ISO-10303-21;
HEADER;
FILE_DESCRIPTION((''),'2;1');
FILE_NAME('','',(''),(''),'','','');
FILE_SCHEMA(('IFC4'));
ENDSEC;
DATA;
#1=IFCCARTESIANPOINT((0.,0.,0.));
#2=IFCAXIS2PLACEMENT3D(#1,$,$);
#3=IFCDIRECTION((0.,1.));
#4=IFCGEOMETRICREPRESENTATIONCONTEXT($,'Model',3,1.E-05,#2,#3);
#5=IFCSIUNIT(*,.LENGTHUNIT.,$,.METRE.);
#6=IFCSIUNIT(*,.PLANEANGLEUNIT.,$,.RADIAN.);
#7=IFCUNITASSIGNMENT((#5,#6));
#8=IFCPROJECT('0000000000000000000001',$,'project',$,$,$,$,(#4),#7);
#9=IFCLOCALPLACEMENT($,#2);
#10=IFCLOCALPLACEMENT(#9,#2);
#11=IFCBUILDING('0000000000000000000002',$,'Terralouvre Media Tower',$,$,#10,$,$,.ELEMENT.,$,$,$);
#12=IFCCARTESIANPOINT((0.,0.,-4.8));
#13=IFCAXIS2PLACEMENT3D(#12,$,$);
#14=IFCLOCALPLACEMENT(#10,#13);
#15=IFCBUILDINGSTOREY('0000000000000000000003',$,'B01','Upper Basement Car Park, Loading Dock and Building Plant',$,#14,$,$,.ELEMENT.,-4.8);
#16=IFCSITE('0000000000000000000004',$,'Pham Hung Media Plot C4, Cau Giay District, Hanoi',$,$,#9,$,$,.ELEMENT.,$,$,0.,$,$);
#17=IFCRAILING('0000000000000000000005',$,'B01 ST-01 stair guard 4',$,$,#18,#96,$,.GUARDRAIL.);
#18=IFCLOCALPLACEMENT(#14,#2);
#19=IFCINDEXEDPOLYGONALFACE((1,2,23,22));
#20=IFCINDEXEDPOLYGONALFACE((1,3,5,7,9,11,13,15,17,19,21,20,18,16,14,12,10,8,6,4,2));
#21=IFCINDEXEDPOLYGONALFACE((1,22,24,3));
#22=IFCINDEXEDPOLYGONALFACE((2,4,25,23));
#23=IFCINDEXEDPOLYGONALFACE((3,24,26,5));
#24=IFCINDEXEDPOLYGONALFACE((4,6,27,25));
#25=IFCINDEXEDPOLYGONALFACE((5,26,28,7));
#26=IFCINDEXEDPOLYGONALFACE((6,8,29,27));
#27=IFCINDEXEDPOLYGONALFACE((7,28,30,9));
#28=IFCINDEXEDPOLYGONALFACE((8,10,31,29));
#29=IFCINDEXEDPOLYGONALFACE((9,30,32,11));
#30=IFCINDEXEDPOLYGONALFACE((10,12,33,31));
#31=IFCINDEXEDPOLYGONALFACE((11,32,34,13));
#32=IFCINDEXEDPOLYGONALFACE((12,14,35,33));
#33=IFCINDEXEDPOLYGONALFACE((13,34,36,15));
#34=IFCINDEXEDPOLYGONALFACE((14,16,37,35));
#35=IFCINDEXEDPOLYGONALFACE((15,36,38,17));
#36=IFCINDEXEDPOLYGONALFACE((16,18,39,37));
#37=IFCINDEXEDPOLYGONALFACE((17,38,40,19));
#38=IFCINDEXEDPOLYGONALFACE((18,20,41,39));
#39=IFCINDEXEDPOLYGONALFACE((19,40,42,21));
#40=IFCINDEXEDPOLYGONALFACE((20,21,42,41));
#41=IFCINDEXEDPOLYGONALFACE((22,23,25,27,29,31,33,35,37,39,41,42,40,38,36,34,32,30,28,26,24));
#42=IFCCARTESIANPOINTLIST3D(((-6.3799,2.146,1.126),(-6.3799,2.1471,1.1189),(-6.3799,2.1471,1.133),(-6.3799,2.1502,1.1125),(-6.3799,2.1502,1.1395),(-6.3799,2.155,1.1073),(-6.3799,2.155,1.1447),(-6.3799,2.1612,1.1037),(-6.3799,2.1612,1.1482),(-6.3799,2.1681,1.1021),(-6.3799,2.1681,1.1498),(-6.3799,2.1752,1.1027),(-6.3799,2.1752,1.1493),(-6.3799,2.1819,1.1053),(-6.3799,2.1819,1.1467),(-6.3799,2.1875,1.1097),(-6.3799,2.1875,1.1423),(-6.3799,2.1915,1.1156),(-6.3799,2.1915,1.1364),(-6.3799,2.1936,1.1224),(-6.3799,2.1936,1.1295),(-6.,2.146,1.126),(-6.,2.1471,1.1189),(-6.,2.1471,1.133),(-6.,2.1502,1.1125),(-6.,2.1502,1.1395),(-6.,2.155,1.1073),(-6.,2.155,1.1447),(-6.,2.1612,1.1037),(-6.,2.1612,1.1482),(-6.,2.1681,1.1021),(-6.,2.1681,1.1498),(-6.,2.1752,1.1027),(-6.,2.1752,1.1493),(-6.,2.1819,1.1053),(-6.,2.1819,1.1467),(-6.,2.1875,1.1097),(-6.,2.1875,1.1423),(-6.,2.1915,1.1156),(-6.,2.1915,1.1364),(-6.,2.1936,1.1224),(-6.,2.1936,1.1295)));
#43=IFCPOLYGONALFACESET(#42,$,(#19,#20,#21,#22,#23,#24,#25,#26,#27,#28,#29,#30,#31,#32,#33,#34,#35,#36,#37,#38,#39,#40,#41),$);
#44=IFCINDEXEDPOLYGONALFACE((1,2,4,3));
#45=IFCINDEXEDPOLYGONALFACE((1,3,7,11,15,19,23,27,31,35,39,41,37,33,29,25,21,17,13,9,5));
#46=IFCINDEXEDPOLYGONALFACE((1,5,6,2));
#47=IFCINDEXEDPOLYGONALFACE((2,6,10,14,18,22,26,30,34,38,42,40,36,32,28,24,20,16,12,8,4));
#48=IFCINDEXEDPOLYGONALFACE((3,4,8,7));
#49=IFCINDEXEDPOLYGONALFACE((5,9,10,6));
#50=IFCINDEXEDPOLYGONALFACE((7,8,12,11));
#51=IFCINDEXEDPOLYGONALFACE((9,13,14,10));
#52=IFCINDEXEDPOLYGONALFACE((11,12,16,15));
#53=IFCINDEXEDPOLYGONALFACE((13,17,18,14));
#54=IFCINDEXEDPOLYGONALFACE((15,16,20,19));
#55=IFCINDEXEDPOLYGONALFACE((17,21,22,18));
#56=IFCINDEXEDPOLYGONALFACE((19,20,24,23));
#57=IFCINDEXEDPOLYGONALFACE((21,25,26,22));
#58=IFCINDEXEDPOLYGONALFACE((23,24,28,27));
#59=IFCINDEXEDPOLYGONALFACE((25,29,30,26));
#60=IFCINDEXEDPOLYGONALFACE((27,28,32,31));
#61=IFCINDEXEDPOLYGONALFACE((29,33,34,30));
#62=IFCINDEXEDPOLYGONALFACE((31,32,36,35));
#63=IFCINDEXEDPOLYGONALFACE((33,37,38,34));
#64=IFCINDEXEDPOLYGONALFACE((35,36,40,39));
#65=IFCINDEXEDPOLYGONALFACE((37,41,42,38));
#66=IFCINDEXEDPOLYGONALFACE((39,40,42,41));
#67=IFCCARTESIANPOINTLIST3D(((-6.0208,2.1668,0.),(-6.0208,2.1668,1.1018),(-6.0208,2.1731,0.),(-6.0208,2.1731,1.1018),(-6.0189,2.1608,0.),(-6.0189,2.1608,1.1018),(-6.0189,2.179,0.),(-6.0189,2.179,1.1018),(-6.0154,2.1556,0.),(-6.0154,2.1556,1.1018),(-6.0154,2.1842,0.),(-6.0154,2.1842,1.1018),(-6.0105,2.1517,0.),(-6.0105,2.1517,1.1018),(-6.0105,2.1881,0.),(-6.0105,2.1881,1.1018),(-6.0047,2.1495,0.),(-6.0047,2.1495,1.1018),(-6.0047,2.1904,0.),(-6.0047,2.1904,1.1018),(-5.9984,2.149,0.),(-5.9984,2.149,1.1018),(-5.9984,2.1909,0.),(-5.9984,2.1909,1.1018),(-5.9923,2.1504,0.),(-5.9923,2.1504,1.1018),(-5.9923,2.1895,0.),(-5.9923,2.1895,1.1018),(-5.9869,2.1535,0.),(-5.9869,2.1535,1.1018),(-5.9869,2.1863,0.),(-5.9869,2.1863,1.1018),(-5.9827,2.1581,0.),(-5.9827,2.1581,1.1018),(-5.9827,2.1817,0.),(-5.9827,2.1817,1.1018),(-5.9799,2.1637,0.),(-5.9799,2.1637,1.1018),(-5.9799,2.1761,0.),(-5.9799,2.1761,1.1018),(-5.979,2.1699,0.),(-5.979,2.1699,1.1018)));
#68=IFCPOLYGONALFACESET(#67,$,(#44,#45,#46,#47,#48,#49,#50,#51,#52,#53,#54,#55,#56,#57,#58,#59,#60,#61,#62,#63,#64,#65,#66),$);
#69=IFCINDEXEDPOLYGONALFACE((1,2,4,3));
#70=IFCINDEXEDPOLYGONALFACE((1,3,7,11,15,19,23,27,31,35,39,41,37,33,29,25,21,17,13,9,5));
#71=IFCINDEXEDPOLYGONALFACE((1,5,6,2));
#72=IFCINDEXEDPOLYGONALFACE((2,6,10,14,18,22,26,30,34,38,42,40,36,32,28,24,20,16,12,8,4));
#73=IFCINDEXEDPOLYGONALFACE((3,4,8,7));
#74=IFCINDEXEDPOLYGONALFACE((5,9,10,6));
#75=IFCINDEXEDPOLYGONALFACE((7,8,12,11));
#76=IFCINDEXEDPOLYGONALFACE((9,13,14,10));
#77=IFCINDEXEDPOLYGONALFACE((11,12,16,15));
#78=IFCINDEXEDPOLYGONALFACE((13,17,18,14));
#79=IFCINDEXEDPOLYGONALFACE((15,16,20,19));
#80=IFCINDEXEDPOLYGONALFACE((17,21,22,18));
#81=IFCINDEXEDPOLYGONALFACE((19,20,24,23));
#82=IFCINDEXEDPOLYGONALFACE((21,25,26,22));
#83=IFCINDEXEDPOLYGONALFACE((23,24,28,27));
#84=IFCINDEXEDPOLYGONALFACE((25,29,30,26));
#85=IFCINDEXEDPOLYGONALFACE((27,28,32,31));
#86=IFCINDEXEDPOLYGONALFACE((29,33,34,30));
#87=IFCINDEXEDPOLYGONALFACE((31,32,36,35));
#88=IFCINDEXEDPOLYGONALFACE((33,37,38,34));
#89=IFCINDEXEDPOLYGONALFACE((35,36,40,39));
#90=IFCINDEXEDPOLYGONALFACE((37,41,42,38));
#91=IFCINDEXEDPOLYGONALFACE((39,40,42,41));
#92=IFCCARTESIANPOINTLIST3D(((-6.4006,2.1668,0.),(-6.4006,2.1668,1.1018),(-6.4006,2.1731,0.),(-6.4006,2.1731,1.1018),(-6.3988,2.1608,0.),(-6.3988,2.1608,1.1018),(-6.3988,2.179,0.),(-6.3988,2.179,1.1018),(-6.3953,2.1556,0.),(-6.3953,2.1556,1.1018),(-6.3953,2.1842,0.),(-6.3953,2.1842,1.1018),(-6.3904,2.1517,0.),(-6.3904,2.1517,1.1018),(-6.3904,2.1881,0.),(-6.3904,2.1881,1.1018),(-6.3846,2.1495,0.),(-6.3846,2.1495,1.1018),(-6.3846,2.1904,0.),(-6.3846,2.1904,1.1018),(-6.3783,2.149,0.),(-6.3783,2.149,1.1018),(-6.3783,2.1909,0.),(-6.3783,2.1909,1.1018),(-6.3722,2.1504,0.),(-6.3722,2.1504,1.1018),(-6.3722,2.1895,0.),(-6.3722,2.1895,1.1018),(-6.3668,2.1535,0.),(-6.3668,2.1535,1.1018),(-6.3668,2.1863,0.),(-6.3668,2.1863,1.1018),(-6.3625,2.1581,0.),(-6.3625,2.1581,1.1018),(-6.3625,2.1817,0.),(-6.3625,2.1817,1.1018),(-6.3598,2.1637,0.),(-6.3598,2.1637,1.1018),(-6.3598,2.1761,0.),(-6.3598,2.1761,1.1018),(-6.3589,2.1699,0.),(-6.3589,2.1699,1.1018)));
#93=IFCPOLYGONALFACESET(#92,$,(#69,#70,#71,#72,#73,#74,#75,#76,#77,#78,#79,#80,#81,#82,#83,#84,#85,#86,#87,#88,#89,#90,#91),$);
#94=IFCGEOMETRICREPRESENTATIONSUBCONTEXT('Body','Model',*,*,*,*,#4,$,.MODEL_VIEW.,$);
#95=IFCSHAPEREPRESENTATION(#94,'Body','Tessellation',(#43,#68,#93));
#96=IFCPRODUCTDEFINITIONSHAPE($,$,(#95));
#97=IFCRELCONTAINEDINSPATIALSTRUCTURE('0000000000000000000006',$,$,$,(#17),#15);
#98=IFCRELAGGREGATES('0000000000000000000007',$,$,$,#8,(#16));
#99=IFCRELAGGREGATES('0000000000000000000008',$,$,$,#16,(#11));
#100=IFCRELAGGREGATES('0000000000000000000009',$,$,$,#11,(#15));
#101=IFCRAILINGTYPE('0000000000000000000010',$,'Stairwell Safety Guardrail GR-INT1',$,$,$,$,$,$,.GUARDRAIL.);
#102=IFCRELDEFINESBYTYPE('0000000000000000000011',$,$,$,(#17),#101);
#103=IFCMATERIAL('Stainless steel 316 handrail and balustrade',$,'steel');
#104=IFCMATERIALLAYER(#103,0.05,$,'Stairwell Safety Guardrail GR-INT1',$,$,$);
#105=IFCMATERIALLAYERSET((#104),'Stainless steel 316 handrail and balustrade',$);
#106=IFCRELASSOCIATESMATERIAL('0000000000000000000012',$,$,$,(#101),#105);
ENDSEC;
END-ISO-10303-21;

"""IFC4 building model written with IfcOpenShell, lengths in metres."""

from ifc_helpers import new_model, si_unit, direction, frame, origin, origin_2d, place, context, subcontext, project, spatial, circle, extrude, material, layer, layer_set, type_object, element, save


model = new_model("IFC4")

# Units and contexts
model_context = context("Model", 3, precision=1e-05, world=origin(), true_north=direction((0.0, 1.0)))
body_context = subcontext(model_context, "Body", "Model", "MODEL_VIEW")
ifc_project = project(units=[si_unit("LENGTHUNIT", "METRE"), si_unit("PLANEANGLEUNIT", "RADIAN")], contexts=[model_context])

# Site, building, storey
site_placement = place(None, origin())
site = spatial("IfcSite", under=ifc_project, at=site_placement, Name="Pham Hung Media Plot C4, Cau Giay District, Hanoi", CompositionType="ELEMENT", RefElevation=0.0)
building_placement = place(site_placement, origin())
building = spatial("IfcBuilding", under=site, at=building_placement, Name="Terralouvre Media Tower", CompositionType="ELEMENT")
storey_placement = place(building_placement, frame((0.0, 0.0, -4.8)))
storey = spatial("IfcBuildingStorey", under=building, at=storey_placement, Name="B01", Description="Upper Basement Car Park, Loading Dock and Building Plant", CompositionType="ELEMENT", Elevation=-4.8)

# Railing
ifc_material_1 = material(Name="Stainless steel 316 handrail and balustrade", Category="steel")
ifc_layer_1 = layer(ifc_material_1, 0.05, Name="Stairwell Safety Guardrail GR-INT1")
ifc_layer_set_1 = layer_set([ifc_layer_1], Name="Stainless steel 316 handrail and balustrade")
railing_type_1 = type_object("IfcRailingType", Name="Stairwell Safety Guardrail GR-INT1", PredefinedType="GUARDRAIL", material=ifc_layer_set_1)
railing_1_placement = place(storey_placement, frame((-6.0, 2.1699, 0.0)))
element("IfcRailing", 1, at=railing_1_placement, inside=storey, type_object=railing_type_1, Name="B01 ST-01 stair guard 4", PredefinedType="GUARDRAIL", context=body_context, shape_type="SweptSolid", body=[
    extrude(circle(Radius=0.0239, at=origin_2d()), frame((0.0, 0.0, 1.126), z_axis=(-1.0, 0.0, 0.0), x_axis=(0.0, -1.0, 0.0)), (0.0, 0.0, 1.0), 0.3799),
    extrude(circle(Radius=0.021, at=origin_2d()), origin(), (0.0, 0.0, 1.0), 1.1018),
    extrude(circle(Radius=0.021, at=origin_2d()), frame((-0.3799, 0.0, 0.0)), (0.0, 0.0, 1.0), 1.1018),
])

save(model, "model.ifc")
